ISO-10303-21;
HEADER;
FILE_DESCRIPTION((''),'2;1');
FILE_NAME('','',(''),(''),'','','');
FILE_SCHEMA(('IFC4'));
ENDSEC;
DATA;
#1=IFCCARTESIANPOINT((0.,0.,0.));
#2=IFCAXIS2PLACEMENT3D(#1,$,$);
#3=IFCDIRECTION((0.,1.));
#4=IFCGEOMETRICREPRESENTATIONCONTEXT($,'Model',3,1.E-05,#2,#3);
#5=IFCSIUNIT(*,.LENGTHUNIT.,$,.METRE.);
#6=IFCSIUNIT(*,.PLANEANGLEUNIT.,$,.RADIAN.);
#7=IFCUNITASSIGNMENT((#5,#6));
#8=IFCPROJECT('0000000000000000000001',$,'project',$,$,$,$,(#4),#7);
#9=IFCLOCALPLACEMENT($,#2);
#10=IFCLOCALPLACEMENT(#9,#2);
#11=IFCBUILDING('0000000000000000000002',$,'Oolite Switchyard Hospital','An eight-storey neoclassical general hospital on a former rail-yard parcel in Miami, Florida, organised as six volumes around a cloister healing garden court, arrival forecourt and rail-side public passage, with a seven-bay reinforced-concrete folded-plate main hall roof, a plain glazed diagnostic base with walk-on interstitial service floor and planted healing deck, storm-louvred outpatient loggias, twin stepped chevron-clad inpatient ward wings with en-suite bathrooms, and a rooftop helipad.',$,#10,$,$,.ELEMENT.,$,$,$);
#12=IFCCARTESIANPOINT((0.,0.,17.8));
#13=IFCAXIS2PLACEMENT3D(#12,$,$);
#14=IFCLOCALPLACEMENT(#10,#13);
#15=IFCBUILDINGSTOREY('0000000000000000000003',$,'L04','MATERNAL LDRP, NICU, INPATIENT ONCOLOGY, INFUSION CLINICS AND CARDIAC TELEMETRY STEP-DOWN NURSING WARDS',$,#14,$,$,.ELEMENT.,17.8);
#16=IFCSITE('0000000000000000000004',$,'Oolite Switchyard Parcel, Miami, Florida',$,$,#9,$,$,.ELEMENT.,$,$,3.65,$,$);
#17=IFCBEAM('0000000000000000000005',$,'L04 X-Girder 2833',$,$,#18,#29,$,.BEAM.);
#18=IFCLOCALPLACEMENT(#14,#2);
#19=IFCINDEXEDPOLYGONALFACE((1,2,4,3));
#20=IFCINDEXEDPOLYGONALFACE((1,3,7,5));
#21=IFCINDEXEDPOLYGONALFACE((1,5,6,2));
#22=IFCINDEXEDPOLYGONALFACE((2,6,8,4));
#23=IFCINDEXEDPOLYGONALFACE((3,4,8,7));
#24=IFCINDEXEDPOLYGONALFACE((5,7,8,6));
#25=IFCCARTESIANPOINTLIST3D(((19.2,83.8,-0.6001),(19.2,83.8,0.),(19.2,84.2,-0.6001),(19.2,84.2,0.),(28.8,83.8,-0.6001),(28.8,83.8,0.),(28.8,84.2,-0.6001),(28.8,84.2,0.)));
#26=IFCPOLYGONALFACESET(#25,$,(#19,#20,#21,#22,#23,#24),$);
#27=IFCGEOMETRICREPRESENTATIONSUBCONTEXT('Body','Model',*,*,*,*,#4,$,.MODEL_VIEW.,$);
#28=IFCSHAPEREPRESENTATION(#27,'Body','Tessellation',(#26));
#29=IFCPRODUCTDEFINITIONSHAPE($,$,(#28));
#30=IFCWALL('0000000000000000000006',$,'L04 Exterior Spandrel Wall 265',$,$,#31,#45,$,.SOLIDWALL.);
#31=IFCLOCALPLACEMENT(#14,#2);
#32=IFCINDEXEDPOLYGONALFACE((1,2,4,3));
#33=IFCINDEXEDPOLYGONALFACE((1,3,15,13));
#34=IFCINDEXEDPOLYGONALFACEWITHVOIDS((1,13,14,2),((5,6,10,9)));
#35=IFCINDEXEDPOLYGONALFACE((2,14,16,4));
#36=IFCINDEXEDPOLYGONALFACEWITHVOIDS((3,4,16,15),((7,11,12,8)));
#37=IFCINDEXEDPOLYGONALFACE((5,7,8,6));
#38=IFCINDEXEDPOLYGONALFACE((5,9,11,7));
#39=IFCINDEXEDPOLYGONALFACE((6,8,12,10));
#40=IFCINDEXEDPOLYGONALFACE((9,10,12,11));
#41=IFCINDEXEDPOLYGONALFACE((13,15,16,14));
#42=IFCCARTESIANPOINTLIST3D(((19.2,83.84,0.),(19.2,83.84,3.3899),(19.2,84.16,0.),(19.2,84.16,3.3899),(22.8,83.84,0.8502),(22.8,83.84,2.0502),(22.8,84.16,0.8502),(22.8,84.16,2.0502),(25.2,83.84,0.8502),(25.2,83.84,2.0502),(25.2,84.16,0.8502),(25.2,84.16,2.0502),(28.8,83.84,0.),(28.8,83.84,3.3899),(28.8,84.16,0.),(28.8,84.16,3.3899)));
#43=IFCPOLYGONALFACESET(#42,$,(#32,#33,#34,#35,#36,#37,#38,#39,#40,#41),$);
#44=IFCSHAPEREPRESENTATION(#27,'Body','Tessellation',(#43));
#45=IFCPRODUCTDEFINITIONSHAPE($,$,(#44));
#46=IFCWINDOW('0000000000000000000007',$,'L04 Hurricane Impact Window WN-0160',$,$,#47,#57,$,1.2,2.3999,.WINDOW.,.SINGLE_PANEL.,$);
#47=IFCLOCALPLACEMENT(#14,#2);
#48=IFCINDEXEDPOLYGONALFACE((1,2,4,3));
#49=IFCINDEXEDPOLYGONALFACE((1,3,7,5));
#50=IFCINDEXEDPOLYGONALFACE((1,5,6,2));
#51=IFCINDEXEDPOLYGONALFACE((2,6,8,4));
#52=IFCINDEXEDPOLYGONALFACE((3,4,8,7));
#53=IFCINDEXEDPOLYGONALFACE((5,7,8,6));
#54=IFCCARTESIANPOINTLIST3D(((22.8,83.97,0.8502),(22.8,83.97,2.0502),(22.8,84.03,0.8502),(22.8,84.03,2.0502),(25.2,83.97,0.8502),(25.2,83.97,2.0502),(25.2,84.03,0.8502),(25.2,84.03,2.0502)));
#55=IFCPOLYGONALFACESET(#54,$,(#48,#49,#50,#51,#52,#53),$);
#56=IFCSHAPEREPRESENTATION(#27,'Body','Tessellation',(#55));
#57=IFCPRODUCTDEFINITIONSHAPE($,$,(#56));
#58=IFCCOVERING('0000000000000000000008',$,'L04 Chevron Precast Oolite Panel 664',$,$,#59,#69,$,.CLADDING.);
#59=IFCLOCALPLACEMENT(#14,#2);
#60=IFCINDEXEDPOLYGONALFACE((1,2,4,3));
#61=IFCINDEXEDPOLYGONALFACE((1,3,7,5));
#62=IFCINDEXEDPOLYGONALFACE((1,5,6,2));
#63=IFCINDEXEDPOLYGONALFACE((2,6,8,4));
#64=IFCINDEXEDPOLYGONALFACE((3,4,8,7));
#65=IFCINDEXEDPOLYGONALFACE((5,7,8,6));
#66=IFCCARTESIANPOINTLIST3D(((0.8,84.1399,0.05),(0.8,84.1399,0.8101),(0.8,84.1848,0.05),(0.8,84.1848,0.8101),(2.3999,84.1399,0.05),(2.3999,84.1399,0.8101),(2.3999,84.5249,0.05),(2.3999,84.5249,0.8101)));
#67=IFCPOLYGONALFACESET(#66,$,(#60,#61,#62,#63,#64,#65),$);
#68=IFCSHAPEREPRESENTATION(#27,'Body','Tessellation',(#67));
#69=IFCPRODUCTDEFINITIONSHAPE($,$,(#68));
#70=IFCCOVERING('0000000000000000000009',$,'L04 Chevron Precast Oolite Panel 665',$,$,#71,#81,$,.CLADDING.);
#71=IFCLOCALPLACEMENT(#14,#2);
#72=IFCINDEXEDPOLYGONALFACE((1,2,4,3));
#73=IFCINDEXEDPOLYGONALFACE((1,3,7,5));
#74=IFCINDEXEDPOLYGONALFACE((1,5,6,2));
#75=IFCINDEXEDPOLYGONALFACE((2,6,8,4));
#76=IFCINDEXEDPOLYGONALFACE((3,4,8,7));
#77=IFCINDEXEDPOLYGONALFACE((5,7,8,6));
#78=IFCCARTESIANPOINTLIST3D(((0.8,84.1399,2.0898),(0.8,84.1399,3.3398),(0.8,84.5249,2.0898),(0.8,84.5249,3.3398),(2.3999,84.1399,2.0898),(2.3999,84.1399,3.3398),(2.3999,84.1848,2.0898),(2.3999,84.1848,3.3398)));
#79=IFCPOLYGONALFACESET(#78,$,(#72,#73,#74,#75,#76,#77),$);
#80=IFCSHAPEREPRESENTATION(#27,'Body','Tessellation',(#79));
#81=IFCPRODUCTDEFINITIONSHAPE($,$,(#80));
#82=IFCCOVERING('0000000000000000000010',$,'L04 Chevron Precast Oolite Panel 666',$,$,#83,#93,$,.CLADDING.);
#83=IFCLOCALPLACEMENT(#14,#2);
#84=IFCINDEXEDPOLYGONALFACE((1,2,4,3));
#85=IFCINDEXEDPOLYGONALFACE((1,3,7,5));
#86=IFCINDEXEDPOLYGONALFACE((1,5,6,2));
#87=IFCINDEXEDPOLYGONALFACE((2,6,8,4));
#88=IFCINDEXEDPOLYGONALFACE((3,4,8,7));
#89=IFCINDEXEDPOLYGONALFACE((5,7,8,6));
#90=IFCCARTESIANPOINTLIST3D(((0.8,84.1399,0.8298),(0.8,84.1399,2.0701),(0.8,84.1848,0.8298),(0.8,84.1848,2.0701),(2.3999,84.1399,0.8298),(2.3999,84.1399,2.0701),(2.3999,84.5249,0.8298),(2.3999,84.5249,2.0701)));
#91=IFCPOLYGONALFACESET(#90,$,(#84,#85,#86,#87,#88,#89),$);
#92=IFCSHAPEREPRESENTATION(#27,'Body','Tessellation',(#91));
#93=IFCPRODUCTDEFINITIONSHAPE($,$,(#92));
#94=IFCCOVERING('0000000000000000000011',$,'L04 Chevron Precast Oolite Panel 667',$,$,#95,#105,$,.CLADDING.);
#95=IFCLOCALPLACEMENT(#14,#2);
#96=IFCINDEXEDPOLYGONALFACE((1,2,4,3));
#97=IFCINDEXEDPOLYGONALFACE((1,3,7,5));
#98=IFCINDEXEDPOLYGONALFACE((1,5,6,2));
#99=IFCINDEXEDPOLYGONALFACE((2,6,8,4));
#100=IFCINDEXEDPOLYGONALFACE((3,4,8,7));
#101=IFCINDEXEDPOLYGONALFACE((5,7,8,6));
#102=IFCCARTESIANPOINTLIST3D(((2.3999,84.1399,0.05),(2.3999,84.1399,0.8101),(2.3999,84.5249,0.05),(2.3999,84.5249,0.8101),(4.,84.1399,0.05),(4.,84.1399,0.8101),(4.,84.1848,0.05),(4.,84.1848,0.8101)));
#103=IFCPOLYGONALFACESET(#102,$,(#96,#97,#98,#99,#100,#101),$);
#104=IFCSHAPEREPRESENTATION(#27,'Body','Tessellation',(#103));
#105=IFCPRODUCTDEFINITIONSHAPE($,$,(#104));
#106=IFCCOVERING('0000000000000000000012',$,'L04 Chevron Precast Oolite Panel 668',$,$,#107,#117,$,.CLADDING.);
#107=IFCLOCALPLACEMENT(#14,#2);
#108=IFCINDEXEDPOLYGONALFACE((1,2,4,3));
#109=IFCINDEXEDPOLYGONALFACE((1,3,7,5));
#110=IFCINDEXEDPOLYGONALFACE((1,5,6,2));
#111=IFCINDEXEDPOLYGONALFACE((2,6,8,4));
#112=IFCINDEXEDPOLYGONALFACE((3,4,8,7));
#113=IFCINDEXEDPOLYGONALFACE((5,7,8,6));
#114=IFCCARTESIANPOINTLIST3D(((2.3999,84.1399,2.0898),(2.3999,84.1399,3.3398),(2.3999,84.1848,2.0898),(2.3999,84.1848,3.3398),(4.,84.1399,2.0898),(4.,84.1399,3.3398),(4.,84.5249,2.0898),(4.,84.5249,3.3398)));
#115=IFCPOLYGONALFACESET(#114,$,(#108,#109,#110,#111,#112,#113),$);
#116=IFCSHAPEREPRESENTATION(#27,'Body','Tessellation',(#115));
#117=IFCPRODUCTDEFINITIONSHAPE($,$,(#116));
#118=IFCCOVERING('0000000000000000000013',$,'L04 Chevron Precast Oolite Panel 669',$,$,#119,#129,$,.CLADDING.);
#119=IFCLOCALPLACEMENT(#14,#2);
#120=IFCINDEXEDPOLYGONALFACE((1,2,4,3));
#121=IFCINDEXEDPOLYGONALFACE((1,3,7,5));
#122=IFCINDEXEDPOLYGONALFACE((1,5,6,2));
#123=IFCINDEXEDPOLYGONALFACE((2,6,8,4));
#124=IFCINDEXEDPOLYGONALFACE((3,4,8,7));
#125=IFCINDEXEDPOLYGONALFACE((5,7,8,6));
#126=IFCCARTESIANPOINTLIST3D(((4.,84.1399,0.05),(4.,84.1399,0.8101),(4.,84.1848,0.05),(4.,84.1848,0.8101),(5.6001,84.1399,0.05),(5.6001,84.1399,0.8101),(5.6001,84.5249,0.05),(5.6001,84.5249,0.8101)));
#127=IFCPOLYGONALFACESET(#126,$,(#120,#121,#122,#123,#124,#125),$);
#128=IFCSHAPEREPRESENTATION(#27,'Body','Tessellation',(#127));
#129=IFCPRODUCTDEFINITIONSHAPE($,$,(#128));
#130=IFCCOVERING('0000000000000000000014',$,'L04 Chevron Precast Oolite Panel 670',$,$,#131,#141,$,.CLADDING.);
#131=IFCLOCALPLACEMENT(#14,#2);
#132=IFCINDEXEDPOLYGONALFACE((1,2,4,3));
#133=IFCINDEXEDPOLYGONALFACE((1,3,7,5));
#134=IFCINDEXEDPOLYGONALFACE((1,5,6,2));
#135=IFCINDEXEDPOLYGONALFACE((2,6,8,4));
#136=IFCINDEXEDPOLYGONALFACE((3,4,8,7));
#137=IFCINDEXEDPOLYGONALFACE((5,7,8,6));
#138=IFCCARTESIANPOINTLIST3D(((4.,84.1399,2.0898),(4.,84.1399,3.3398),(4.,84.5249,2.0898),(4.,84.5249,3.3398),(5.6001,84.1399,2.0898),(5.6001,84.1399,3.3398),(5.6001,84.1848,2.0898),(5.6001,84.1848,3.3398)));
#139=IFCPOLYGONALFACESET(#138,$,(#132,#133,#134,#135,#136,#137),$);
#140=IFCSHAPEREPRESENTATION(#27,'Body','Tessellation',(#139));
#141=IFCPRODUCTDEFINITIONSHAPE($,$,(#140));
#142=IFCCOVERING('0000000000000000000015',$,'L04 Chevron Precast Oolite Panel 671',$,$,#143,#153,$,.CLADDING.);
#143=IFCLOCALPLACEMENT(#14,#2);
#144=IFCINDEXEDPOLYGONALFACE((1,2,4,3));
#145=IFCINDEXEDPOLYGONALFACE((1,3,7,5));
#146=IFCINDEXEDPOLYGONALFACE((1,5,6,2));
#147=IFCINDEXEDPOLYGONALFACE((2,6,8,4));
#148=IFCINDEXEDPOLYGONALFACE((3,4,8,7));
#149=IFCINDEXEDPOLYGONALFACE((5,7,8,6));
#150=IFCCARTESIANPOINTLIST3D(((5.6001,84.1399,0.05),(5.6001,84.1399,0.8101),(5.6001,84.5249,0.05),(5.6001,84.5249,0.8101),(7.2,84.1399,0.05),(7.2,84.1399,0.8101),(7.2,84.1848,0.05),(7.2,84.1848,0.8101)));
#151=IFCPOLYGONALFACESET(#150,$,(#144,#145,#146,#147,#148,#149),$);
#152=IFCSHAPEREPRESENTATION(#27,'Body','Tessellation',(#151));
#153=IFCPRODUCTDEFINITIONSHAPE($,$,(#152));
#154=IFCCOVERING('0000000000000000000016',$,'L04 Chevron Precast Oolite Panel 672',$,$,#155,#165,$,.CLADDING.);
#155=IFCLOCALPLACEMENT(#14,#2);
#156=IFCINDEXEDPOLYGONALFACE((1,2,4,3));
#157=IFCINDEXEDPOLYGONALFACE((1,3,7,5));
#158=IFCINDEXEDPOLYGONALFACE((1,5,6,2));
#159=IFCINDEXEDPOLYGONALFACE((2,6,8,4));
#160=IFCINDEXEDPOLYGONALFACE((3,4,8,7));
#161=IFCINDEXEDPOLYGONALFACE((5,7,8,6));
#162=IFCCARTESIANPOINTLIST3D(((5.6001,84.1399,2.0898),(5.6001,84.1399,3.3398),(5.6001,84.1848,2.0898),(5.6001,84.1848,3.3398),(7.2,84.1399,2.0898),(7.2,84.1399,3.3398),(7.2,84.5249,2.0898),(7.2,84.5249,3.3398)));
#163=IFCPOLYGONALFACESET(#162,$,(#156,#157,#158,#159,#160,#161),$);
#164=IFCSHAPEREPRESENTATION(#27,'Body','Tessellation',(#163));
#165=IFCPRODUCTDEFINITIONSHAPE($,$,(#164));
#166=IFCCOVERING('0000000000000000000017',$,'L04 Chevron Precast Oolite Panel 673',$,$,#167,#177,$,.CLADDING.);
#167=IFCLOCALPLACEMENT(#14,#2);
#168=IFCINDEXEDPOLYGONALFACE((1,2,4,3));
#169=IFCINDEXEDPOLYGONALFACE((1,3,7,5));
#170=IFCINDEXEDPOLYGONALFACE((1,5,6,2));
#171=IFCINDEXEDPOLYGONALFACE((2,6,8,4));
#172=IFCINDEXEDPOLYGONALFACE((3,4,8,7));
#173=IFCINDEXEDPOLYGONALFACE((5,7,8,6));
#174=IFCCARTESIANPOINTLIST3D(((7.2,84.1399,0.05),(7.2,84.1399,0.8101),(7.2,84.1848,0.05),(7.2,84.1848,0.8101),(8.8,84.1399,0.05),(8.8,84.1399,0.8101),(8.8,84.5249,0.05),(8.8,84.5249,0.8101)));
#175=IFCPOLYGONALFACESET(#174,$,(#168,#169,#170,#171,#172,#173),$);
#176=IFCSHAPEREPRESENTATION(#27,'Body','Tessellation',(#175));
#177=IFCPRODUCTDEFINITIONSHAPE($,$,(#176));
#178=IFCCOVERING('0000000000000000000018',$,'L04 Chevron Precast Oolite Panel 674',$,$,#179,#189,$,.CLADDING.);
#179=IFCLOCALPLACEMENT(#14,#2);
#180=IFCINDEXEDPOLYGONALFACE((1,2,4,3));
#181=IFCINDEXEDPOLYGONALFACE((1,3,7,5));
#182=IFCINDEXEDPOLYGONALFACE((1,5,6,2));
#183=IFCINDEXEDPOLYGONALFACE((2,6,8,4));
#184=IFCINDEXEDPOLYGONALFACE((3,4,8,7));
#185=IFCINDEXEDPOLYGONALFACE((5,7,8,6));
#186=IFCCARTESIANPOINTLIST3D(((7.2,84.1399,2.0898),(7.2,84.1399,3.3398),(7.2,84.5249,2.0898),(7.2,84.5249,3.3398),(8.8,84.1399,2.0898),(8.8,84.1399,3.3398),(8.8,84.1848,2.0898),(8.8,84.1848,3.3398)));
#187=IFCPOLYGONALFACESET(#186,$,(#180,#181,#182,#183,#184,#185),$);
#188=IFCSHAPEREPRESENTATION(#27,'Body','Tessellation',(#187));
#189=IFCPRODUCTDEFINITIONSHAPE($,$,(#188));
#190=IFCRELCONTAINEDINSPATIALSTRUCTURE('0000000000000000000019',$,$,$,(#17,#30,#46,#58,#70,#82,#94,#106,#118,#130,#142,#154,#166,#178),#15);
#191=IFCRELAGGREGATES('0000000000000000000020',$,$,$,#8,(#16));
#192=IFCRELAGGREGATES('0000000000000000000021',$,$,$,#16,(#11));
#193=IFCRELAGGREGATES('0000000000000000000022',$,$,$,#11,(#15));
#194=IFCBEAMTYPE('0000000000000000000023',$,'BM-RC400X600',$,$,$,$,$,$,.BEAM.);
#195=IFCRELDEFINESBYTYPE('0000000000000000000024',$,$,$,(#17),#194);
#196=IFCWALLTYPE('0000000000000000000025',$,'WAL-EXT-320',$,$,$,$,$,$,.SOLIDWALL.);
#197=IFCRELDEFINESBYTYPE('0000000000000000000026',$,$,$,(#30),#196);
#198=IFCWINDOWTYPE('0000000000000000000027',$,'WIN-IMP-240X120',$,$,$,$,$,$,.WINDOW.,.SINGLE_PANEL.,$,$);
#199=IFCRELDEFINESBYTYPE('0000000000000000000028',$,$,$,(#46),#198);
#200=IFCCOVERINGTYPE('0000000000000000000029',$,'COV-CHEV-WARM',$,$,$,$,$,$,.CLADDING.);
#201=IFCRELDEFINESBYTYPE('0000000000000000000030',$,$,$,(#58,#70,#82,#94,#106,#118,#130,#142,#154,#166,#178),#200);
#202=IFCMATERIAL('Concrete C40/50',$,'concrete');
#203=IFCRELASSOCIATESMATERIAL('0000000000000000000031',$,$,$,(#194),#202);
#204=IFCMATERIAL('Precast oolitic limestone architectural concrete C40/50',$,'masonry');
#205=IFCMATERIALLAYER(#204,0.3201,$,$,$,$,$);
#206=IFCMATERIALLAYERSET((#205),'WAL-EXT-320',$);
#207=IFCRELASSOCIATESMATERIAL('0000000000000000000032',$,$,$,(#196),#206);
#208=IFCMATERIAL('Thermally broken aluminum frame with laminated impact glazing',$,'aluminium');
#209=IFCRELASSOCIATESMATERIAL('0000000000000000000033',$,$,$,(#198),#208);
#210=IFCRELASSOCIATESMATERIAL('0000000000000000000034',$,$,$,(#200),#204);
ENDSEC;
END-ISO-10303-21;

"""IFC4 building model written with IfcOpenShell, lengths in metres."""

from ifc_helpers import new_model, si_unit, direction, frame, frame_2d, origin, origin_2d, place, context, subcontext, project, spatial, polyline, rectangle, outline, extrude, material, layer, layer_set, material_profile, profile_set, type_object, element, fill, save


model = new_model("IFC4")

# Units and contexts
model_context = context("Model", 3, precision=1e-05, world=origin(), true_north=direction((0.0, 1.0)))
body_context = subcontext(model_context, "Body", "Model", "MODEL_VIEW")
ifc_project = project(units=[si_unit("LENGTHUNIT", "METRE"), si_unit("PLANEANGLEUNIT", "RADIAN")], contexts=[model_context])

# Site, building, storey
site_placement = place(None, origin())
site = spatial("IfcSite", under=ifc_project, at=site_placement, Name="Oolite Switchyard Parcel, Miami, Florida", CompositionType="ELEMENT", RefElevation=3.65)
building_placement = place(site_placement, origin())
building = spatial("IfcBuilding", under=site, at=building_placement, Name="Oolite Switchyard Hospital", Description="An eight-storey neoclassical general hospital on a former rail-yard parcel in Miami, Florida, organised as six volumes around a cloister healing garden court, arrival forecourt and rail-side public passage, with a seven-bay reinforced-concrete folded-plate main hall roof, a plain glazed diagnostic base with walk-on interstitial service floor and planted healing deck, storm-louvred outpatient loggias, twin stepped chevron-clad inpatient ward wings with en-suite bathrooms, and a rooftop helipad.", CompositionType="ELEMENT")
storey_placement = place(building_placement, frame((0.0, 0.0, 17.8)))
storey = spatial("IfcBuildingStorey", under=building, at=storey_placement, Name="L04", Description="MATERNAL LDRP, NICU, INPATIENT ONCOLOGY, INFUSION CLINICS AND CARDIAC TELEMETRY STEP-DOWN NURSING WARDS", CompositionType="ELEMENT", Elevation=17.8)

# Beam
ifc_material_1 = material(Name="Concrete C40/50", Category="concrete")
ifc_material_profile = material_profile(ifc_material_1, rectangle(XDim=0.3999, YDim=0.6001, at=origin_2d()), Name="RCB400X600")
ifc_profile_set = profile_set([ifc_material_profile], Name="Concrete C40/50")
beam_type = type_object("IfcBeamType", Name="BM-RC400X600", PredefinedType="BEAM", material=ifc_profile_set)
beam_placement = place(storey_placement, frame((19.2, 84.0, -0.3), z_axis=(1.0, 0.0, 0.0), x_axis=(0.0, 1.0, 0.0)))
element("IfcBeam", 1, at=beam_placement, inside=storey, type_object=beam_type, Name="L04 X-Girder 2833", PredefinedType="BEAM", context=body_context, shape_type="SweptSolid", body=[
    extrude(rectangle(XDim=0.3999, YDim=0.6001, at=origin_2d()), origin(), (0.0, 0.0, 1.0), 9.6001),
])

# Wall, opening, window
ifc_material_2 = material(Name="Precast oolitic limestone architectural concrete C40/50", Category="masonry")
ifc_layer = layer(ifc_material_2, 0.3201)
ifc_layer_set = layer_set([ifc_layer], Name="WAL-EXT-320")
wall_type = type_object("IfcWallType", Name="WAL-EXT-320", PredefinedType="SOLIDWALL", material=ifc_layer_set)
wall_placement = place(storey_placement, frame((19.2, 84.0, 0.0), z_axis=(0.0, 0.0, 1.0), x_axis=(1.0, 0.0, 0.0)))
wall = element("IfcWall", 2, at=wall_placement, inside=storey, type_object=wall_type, Name="L04 Exterior Spandrel Wall 265", PredefinedType="SOLIDWALL", context=body_context, shape_type="SweptSolid", body=[
    extrude(rectangle(XDim=9.6001, YDim=0.3201, at=frame_2d((4.8, 0.0))), origin(), (0.0, 0.0, 1.0), 3.3899),
])
opening_placement = place(wall_placement, frame((3.6001, 0.0, 0.8501)))
opening = element("IfcOpeningElement", 3, at=opening_placement, cuts=wall, PredefinedType="OPENING", context=body_context, shape_type="SweptSolid", body=[
    extrude(rectangle(XDim=2.3999, YDim=1.2, at=frame_2d((1.2, 0.6001))), frame((0.0, 0.1699, 0.0), z_axis=(0.0, -1.0, 0.0), x_axis=(1.0, 0.0, 0.0)), (0.0, 0.0, 1.0), 0.3401),
])
ifc_material_3 = material(Name="Thermally broken aluminum frame with laminated impact glazing", Category="aluminium")
window_type = type_object("IfcWindowType", Name="WIN-IMP-240X120", PartitioningType="SINGLE_PANEL", PredefinedType="WINDOW", material=ifc_material_3)
window_placement = place(opening_placement, origin())
window = element("IfcWindow", 4, at=window_placement, inside=storey, type_object=window_type, Name="L04 Hurricane Impact Window WN-0160", OverallHeight=1.2, OverallWidth=2.3999, PartitioningType="SINGLE_PANEL", PredefinedType="WINDOW", context=body_context, shape_type="SweptSolid", body=[
    extrude(rectangle(XDim=2.3999, YDim=1.2, at=frame_2d((1.2, 0.6001))), frame((0.0, 0.03, 0.0), z_axis=(0.0, -1.0, 0.0), x_axis=(1.0, 0.0, 0.0)), (0.0, 0.0, 1.0), 0.0601),
])
fill(opening, window)

# Coverings
covering_type = type_object("IfcCoveringType", Name="COV-CHEV-WARM", PredefinedType="CLADDING", material=ifc_material_2)
covering_1_placement = place(storey_placement, frame((0.8, 84.1399, 0.05), z_axis=(0.0, 0.0, 1.0), x_axis=(1.0, 0.0, 0.0)))
element("IfcCovering", 5, at=covering_1_placement, inside=storey, type_object=covering_type, Name="L04 Chevron Precast Oolite Panel 664", PredefinedType="CLADDING", context=body_context, shape_type="SweptSolid", body=[
    extrude(outline(polyline([(0.0, 0.0), (1.5999, 0.0), (1.5999, 0.385), (0.0, 0.0449), (0.0, 0.0)])), origin(), (0.0, 0.0, 1.0), 0.76),
])
covering_2_placement = place(storey_placement, frame((0.8, 84.1399, 2.0898), z_axis=(0.0, 0.0, 1.0), x_axis=(1.0, 0.0, 0.0)))
element("IfcCovering", 6, at=covering_2_placement, inside=storey, type_object=covering_type, Name="L04 Chevron Precast Oolite Panel 665", PredefinedType="CLADDING", context=body_context, shape_type="SweptSolid", body=[
    extrude(outline(polyline([(0.0, 0.0), (1.5999, 0.0), (1.5999, 0.0449), (0.0, 0.385), (0.0, 0.0)])), origin(), (0.0, 0.0, 1.0), 1.25),
])
covering_3_placement = place(storey_placement, frame((0.8, 84.1399, 0.8298), z_axis=(0.0, 0.0, 1.0), x_axis=(1.0, 0.0, 0.0)))
element("IfcCovering", 7, at=covering_3_placement, inside=storey, type_object=covering_type, Name="L04 Chevron Precast Oolite Panel 666", PredefinedType="CLADDING", context=body_context, shape_type="SweptSolid", body=[
    extrude(outline(polyline([(0.0, 0.0), (1.5999, 0.0), (1.5999, 0.385), (0.0, 0.0449), (0.0, 0.0)])), origin(), (0.0, 0.0, 1.0), 1.2402),
])
covering_4_placement = place(storey_placement, frame((2.3999, 84.1399, 0.05), z_axis=(0.0, 0.0, 1.0), x_axis=(1.0, 0.0, 0.0)))
element("IfcCovering", 8, at=covering_4_placement, inside=storey, type_object=covering_type, Name="L04 Chevron Precast Oolite Panel 667", PredefinedType="CLADDING", context=body_context, shape_type="SweptSolid", body=[
    extrude(outline(polyline([(0.0, 0.0), (1.6001, 0.0), (1.6001, 0.0449), (0.0, 0.385), (0.0, 0.0)])), origin(), (0.0, 0.0, 1.0), 0.76),
])
covering_5_placement = place(storey_placement, frame((2.3999, 84.1399, 2.0898), z_axis=(0.0, 0.0, 1.0), x_axis=(1.0, 0.0, 0.0)))
element("IfcCovering", 9, at=covering_5_placement, inside=storey, type_object=covering_type, Name="L04 Chevron Precast Oolite Panel 668", PredefinedType="CLADDING", context=body_context, shape_type="SweptSolid", body=[
    extrude(outline(polyline([(0.0, 0.0), (1.6001, 0.0), (1.6001, 0.385), (0.0, 0.0449), (0.0, 0.0)])), origin(), (0.0, 0.0, 1.0), 1.25),
])
covering_6_placement = place(storey_placement, frame((4.0, 84.1399, 0.05), z_axis=(0.0, 0.0, 1.0), x_axis=(1.0, 0.0, 0.0)))
element("IfcCovering", 10, at=covering_6_placement, inside=storey, type_object=covering_type, Name="L04 Chevron Precast Oolite Panel 669", PredefinedType="CLADDING", context=body_context, shape_type="SweptSolid", body=[
    extrude(outline(polyline([(0.0, 0.0), (1.6001, 0.0), (1.6001, 0.385), (0.0, 0.0449), (0.0, 0.0)])), origin(), (0.0, 0.0, 1.0), 0.76),
])
covering_7_placement = place(storey_placement, frame((4.0, 84.1399, 2.0898), z_axis=(0.0, 0.0, 1.0), x_axis=(1.0, 0.0, 0.0)))
element("IfcCovering", 11, at=covering_7_placement, inside=storey, type_object=covering_type, Name="L04 Chevron Precast Oolite Panel 670", PredefinedType="CLADDING", context=body_context, shape_type="SweptSolid", body=[
    extrude(outline(polyline([(0.0, 0.0), (1.6001, 0.0), (1.6001, 0.0449), (0.0, 0.385), (0.0, 0.0)])), origin(), (0.0, 0.0, 1.0), 1.25),
])
covering_8_placement = place(storey_placement, frame((5.6001, 84.1399, 0.05), z_axis=(0.0, 0.0, 1.0), x_axis=(1.0, 0.0, 0.0)))
element("IfcCovering", 12, at=covering_8_placement, inside=storey, type_object=covering_type, Name="L04 Chevron Precast Oolite Panel 671", PredefinedType="CLADDING", context=body_context, shape_type="SweptSolid", body=[
    extrude(outline(polyline([(0.0, 0.0), (1.5999, 0.0), (1.5999, 0.0449), (0.0, 0.385), (0.0, 0.0)])), origin(), (0.0, 0.0, 1.0), 0.76),
])
covering_9_placement = place(storey_placement, frame((5.6001, 84.1399, 2.0898), z_axis=(0.0, 0.0, 1.0), x_axis=(1.0, 0.0, 0.0)))
element("IfcCovering", 13, at=covering_9_placement, inside=storey, type_object=covering_type, Name="L04 Chevron Precast Oolite Panel 672", PredefinedType="CLADDING", context=body_context, shape_type="SweptSolid", body=[
    extrude(outline(polyline([(0.0, 0.0), (1.5999, 0.0), (1.5999, 0.385), (0.0, 0.0449), (0.0, 0.0)])), origin(), (0.0, 0.0, 1.0), 1.25),
])
covering_10_placement = place(storey_placement, frame((7.2, 84.1399, 0.05), z_axis=(0.0, 0.0, 1.0), x_axis=(1.0, 0.0, 0.0)))
element("IfcCovering", 14, at=covering_10_placement, inside=storey, type_object=covering_type, Name="L04 Chevron Precast Oolite Panel 673", PredefinedType="CLADDING", context=body_context, shape_type="SweptSolid", body=[
    extrude(outline(polyline([(0.0, 0.0), (1.6001, 0.0), (1.6001, 0.385), (0.0, 0.0449), (0.0, 0.0)])), origin(), (0.0, 0.0, 1.0), 0.76),
])
covering_11_placement = place(storey_placement, frame((7.2, 84.1399, 2.0898), z_axis=(0.0, 0.0, 1.0), x_axis=(1.0, 0.0, 0.0)))
element("IfcCovering", 15, at=covering_11_placement, inside=storey, type_object=covering_type, Name="L04 Chevron Precast Oolite Panel 674", PredefinedType="CLADDING", context=body_context, shape_type="SweptSolid", body=[
    extrude(outline(polyline([(0.0, 0.0), (1.6001, 0.0), (1.6001, 0.0449), (0.0, 0.385), (0.0, 0.0)])), origin(), (0.0, 0.0, 1.0), 1.25),
])

save(model, "model.ifc")
